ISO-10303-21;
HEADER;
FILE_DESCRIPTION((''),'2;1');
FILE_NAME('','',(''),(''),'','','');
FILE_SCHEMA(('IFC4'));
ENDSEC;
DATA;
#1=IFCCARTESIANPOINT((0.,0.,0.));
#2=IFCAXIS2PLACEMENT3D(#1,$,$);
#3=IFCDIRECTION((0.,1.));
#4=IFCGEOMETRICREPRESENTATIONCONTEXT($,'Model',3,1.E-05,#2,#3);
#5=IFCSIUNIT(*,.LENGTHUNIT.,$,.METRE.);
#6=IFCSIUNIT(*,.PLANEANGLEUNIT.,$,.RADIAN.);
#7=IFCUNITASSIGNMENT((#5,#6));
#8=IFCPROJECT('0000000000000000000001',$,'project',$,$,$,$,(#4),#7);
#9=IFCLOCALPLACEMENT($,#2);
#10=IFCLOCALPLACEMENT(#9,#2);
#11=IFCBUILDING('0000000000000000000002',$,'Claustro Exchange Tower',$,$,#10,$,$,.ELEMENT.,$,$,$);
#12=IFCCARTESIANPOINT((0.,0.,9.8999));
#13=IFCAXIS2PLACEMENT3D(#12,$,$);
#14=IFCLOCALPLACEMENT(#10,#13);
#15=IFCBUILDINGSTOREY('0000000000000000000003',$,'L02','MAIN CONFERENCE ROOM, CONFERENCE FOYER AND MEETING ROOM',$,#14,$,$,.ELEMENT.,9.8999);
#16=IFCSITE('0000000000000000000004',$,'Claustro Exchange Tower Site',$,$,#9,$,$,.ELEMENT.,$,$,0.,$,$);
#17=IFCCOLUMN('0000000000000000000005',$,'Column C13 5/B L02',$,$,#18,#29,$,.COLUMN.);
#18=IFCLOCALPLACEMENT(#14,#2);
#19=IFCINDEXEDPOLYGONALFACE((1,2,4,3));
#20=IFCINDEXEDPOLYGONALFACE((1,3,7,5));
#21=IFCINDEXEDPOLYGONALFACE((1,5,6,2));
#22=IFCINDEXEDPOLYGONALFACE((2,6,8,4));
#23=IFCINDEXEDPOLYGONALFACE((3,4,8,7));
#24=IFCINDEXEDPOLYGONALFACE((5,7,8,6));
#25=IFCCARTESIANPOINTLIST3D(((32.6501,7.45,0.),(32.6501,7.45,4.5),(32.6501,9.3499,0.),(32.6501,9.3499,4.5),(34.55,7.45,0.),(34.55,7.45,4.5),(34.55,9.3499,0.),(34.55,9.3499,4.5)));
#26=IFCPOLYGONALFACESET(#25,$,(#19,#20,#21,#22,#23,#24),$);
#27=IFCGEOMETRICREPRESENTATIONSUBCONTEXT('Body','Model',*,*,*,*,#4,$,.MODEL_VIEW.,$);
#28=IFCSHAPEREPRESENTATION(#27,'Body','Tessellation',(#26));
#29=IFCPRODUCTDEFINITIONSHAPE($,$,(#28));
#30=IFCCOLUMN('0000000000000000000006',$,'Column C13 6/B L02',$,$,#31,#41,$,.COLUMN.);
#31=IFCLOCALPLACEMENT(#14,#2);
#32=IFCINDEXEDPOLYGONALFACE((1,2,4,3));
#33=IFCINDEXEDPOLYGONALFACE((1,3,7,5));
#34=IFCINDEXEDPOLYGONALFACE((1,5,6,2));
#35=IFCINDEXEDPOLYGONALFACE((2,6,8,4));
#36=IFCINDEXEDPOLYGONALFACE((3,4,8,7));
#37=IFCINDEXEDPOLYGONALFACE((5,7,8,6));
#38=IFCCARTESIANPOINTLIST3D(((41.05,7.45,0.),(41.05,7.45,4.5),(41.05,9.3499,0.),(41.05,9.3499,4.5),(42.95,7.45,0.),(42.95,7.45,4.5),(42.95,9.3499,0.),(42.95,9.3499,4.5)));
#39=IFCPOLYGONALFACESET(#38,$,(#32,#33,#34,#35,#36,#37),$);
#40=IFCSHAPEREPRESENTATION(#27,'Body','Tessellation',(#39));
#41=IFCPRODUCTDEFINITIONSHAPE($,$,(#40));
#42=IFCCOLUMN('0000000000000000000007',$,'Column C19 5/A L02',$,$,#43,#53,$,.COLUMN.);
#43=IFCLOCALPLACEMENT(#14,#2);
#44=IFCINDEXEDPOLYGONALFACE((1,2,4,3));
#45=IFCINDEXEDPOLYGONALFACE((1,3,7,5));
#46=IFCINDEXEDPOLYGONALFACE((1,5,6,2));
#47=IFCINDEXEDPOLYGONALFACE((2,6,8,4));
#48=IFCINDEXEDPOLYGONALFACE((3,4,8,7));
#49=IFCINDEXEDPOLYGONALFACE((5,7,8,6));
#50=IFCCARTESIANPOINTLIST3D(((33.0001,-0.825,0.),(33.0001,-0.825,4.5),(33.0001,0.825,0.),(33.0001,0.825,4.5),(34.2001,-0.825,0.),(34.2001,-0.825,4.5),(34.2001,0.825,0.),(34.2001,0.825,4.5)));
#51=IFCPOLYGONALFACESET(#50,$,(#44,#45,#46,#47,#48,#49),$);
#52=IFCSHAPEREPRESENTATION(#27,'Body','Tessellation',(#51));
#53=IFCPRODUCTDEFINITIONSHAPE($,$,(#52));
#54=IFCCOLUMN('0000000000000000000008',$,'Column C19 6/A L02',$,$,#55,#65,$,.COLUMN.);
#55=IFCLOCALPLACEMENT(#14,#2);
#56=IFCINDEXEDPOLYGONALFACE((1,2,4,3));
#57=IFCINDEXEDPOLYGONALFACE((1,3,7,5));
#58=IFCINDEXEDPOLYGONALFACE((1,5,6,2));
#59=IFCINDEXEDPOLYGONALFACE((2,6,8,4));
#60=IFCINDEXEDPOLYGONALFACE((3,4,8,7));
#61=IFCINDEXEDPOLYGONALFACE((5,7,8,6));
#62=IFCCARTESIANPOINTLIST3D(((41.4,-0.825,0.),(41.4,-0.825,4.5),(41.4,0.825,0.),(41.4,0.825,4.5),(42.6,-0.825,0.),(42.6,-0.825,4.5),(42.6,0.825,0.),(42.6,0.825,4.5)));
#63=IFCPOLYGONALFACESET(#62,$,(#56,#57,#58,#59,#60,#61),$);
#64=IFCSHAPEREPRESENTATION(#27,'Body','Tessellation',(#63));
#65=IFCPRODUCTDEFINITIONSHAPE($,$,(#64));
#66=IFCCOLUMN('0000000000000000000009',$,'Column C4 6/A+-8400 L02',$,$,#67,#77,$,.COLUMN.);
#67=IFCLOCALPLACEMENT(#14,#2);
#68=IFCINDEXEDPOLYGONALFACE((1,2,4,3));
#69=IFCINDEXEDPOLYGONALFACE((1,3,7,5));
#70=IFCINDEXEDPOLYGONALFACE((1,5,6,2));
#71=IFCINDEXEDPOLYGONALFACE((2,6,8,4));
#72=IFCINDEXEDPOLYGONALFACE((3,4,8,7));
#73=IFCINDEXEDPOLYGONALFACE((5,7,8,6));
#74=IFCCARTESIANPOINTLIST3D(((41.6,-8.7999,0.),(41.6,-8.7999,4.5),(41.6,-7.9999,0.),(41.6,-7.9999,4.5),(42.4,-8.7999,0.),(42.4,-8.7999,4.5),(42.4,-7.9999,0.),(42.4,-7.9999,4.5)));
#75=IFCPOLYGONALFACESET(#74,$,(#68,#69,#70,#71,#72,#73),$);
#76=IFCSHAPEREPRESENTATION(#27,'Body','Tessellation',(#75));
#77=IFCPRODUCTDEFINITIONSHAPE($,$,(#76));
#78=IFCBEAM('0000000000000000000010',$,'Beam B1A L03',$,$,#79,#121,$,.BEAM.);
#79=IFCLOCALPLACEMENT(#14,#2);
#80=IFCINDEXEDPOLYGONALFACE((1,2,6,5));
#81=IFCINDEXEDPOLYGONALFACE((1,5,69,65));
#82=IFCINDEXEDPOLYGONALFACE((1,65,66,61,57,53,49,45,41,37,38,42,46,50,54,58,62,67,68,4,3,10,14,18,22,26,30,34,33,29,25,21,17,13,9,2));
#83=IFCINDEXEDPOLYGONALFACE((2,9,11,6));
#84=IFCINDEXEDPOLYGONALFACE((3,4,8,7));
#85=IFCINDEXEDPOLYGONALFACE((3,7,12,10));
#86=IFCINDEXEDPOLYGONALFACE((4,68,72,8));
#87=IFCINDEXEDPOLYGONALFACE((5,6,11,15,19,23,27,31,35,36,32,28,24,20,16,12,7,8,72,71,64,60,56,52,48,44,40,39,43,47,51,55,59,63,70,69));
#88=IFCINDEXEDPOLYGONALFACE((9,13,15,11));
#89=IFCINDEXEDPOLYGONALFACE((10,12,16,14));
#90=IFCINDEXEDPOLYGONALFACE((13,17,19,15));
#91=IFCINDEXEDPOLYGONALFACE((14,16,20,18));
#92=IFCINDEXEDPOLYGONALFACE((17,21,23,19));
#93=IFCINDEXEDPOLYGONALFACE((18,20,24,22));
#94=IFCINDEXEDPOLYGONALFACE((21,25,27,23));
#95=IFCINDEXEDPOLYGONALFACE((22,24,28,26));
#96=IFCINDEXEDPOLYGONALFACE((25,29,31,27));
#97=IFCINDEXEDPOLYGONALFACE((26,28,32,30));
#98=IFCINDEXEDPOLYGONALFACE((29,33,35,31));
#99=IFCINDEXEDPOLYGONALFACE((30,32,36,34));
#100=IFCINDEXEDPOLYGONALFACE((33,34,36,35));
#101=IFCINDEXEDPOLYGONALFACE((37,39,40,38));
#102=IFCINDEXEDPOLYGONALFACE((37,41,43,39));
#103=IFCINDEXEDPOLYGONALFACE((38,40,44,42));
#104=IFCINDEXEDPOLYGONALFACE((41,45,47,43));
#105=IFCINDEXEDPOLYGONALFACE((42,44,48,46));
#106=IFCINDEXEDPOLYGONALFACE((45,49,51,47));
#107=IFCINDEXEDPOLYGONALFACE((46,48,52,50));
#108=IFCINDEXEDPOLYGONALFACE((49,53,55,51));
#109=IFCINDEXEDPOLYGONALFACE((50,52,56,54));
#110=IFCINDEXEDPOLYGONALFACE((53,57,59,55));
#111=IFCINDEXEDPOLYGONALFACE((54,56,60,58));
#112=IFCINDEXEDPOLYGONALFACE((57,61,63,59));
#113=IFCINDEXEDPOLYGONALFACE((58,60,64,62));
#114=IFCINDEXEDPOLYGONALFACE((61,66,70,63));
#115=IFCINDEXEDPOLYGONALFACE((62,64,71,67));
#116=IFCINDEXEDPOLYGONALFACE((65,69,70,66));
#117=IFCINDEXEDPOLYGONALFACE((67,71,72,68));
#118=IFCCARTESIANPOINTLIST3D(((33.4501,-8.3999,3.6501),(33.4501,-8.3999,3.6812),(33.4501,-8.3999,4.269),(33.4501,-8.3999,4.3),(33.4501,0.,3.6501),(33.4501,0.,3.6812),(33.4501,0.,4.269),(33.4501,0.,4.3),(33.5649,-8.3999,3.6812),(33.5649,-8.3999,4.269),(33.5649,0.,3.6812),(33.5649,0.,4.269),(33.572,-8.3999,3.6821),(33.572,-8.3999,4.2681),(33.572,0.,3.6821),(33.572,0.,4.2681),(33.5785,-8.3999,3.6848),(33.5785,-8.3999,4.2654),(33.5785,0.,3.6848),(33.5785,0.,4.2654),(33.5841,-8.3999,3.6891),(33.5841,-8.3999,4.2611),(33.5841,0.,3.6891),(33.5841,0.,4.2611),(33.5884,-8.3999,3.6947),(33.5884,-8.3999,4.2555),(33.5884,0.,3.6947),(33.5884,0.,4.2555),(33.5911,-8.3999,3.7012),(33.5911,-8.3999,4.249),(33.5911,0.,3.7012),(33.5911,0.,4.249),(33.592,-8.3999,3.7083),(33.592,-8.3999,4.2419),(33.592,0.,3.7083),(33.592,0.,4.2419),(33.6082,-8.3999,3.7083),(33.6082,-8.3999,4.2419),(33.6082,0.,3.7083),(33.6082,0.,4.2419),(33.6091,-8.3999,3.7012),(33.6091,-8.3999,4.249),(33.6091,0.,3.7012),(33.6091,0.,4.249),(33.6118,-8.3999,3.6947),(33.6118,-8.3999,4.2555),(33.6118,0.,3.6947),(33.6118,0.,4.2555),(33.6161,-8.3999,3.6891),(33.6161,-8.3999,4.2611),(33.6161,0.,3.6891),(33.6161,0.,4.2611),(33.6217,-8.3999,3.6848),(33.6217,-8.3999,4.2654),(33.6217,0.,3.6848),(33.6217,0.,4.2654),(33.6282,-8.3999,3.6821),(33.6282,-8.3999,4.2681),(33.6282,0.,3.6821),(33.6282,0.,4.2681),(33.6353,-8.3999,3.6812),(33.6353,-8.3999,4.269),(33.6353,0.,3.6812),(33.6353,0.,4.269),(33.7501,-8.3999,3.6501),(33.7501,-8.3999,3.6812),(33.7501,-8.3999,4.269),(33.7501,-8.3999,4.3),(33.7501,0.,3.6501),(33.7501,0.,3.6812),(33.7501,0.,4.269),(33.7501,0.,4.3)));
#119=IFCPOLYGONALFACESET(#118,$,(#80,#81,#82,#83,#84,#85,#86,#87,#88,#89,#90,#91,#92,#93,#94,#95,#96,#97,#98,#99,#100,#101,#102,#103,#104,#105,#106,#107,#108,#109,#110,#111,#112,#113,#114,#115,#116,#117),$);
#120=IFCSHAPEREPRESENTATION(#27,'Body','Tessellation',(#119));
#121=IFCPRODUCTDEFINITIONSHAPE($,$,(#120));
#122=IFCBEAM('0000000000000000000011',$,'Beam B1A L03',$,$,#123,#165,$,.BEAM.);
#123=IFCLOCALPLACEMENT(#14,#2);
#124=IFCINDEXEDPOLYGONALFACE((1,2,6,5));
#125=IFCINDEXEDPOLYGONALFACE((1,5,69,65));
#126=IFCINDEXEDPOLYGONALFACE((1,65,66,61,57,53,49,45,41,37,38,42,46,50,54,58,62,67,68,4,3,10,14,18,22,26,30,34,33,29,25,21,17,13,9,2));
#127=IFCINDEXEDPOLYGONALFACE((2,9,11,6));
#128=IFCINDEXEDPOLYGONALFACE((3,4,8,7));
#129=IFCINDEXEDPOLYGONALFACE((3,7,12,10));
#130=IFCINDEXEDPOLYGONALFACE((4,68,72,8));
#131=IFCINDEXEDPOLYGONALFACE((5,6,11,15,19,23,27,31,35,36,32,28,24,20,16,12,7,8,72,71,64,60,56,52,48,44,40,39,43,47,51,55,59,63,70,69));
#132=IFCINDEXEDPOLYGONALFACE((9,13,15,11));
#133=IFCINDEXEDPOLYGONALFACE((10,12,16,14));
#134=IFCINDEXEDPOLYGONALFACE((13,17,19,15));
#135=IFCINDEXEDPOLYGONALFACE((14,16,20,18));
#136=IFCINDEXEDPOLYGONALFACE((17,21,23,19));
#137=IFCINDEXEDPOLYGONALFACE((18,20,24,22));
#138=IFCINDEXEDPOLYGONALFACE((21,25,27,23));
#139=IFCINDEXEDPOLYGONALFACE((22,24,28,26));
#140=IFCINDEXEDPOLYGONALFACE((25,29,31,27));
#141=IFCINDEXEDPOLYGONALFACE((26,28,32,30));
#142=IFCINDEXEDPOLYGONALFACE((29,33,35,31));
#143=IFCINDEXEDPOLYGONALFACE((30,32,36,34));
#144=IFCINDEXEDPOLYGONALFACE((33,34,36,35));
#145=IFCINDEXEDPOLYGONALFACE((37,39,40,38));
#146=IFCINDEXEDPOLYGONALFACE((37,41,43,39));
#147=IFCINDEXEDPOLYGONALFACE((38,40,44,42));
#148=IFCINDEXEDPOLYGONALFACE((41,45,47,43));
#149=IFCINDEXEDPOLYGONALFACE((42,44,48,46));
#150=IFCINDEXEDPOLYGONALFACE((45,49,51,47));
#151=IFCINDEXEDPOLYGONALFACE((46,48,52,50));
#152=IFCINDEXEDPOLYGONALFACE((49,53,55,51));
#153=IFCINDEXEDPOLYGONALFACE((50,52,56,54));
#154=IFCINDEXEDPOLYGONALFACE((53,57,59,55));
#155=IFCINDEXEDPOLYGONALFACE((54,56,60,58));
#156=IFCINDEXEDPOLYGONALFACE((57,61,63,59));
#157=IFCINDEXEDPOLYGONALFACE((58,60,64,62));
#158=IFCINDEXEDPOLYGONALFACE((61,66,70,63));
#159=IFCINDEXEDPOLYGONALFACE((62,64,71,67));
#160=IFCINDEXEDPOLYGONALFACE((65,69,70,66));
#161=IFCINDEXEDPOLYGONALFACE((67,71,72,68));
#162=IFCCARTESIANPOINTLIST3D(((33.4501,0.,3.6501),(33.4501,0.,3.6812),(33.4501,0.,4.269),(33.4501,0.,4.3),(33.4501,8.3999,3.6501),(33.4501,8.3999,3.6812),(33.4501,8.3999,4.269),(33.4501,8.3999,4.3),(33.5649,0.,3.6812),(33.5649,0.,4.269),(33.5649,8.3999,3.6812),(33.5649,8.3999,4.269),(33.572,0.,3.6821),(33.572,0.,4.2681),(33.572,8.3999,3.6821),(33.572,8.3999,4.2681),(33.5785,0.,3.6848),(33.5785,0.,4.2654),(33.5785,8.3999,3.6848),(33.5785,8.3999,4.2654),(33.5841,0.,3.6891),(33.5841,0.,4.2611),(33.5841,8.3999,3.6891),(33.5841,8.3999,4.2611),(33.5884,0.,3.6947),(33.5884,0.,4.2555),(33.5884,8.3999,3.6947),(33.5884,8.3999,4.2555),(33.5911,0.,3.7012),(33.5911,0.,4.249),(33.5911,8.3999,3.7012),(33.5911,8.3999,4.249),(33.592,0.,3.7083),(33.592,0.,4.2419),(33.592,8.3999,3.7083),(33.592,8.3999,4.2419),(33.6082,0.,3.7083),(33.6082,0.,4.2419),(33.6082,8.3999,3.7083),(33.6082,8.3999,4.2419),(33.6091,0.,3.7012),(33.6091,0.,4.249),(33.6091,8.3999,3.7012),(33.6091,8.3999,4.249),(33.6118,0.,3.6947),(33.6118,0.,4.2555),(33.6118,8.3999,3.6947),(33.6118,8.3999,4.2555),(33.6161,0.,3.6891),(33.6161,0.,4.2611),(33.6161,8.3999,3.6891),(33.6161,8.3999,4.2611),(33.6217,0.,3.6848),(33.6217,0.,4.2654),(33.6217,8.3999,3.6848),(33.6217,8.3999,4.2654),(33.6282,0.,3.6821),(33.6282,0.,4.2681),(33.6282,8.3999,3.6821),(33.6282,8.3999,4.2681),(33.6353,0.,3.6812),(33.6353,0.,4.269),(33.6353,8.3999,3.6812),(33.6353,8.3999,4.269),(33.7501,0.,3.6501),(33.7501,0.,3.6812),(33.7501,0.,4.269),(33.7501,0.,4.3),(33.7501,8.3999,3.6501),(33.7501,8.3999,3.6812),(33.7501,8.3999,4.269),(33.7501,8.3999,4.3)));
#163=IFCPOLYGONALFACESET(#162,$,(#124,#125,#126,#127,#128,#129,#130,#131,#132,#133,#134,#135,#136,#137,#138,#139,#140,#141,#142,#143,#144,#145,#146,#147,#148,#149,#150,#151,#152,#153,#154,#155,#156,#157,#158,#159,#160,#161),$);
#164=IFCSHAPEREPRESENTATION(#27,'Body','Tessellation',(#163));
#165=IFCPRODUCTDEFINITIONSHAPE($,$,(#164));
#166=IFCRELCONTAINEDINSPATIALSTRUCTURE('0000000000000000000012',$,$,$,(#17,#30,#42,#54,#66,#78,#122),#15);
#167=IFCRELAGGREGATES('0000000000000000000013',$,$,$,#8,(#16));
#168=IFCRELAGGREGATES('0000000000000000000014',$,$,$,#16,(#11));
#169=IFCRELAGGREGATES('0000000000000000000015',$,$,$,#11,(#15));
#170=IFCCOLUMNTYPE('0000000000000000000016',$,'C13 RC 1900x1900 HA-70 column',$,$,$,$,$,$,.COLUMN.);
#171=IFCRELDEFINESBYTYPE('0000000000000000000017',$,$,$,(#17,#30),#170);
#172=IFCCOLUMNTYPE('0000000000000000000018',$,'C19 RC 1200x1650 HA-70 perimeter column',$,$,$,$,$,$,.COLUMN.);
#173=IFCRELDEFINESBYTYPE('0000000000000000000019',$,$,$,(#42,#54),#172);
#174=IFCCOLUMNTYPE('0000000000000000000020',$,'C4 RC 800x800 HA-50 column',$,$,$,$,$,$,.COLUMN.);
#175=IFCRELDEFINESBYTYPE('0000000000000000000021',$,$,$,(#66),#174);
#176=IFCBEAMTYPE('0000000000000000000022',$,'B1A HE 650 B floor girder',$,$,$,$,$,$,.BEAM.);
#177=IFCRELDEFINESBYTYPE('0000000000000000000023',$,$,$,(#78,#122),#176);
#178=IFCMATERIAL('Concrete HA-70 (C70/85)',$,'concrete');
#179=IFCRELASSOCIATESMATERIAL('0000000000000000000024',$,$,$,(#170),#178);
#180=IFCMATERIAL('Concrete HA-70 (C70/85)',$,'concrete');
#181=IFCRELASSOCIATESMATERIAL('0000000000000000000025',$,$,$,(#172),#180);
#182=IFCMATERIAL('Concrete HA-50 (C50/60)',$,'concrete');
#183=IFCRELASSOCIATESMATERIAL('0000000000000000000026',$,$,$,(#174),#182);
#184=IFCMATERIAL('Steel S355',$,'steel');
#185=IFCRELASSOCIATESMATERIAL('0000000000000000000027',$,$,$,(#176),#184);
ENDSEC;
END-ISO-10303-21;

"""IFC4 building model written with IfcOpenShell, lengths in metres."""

from ifc_helpers import new_model, si_unit, direction, frame, origin, origin_2d, place, context, subcontext, project, spatial, rectangle, i_section, extrude, material, material_profile, profile_set, type_object, element, save


model = new_model("IFC4")

# Units and contexts
model_context = context("Model", 3, precision=1e-05, world=origin(), true_north=direction((0.0, 1.0)))
body_context = subcontext(model_context, "Body", "Model", "MODEL_VIEW")
ifc_project = project(units=[si_unit("LENGTHUNIT", "METRE"), si_unit("PLANEANGLEUNIT", "RADIAN")], contexts=[model_context])

# Site, building, storey
site_placement = place(None, origin())
site = spatial("IfcSite", under=ifc_project, at=site_placement, Name="Claustro Exchange Tower Site", CompositionType="ELEMENT", RefElevation=0.0)
building_placement = place(site_placement, origin())
building = spatial("IfcBuilding", under=site, at=building_placement, Name="Claustro Exchange Tower", CompositionType="ELEMENT")
storey_placement = place(building_placement, frame((0.0, 0.0, 9.8999)))
storey = spatial("IfcBuildingStorey", under=building, at=storey_placement, Name="L02", Description="MAIN CONFERENCE ROOM, CONFERENCE FOYER AND MEETING ROOM", CompositionType="ELEMENT", Elevation=9.8999)

# Columns
ifc_material_1 = material(Name="Concrete HA-70 (C70/85)", Category="concrete")
ifc_material_profile_1 = material_profile(ifc_material_1, rectangle(XDim=1.8999, YDim=1.8999, at=origin_2d()), Name="RC 1900x1900")
ifc_profile_set_1 = profile_set([ifc_material_profile_1], Name="Concrete HA-70 (C70/85)")
column_type_1 = type_object("IfcColumnType", Name="C13 RC 1900x1900 HA-70 column", PredefinedType="COLUMN", material=ifc_profile_set_1)
for number, where, z_axis, x_axis, name in (
    (1, (33.6001, 8.3999, 0.0), (0.0, 0.0, 1.0), (1.0, 0.0, 0.0), "Column C13 5/B L02"),
    (2, (42.0, 8.3999, 0.0), (0.0, 0.0, 1.0), (1.0, 0.0, 0.0), "Column C13 6/B L02"),
):
    element("IfcColumn", number, at=place(storey_placement, frame(where, z_axis=z_axis, x_axis=x_axis)), inside=storey, type_object=column_type_1, Name=name, PredefinedType="COLUMN", context=body_context, shape_type="SweptSolid", body=[
        extrude(rectangle(XDim=1.8999, YDim=1.8999, at=origin_2d()), origin(), (0.0, 0.0, 1.0), 4.5),
    ])
ifc_material_2 = material(Name="Concrete HA-70 (C70/85)", Category="concrete")
ifc_material_profile_2 = material_profile(ifc_material_2, rectangle(XDim=1.2, YDim=1.6499, at=origin_2d()), Name="RC 1200x1650")
ifc_profile_set_2 = profile_set([ifc_material_profile_2], Name="Concrete HA-70 (C70/85)")
column_type_2 = type_object("IfcColumnType", Name="C19 RC 1200x1650 HA-70 perimeter column", PredefinedType="COLUMN", material=ifc_profile_set_2)
for number, where, z_axis, x_axis, name in (
    (3, (33.6001, 0.0, 0.0), (0.0, 0.0, 1.0), (1.0, 0.0, 0.0), "Column C19 5/A L02"),
    (4, (42.0, 0.0, 0.0), (0.0, 0.0, 1.0), (1.0, 0.0, 0.0), "Column C19 6/A L02"),
):
    element("IfcColumn", number, at=place(storey_placement, frame(where, z_axis=z_axis, x_axis=x_axis)), inside=storey, type_object=column_type_2, Name=name, PredefinedType="COLUMN", context=body_context, shape_type="SweptSolid", body=[
        extrude(rectangle(XDim=1.2, YDim=1.6499, at=origin_2d()), origin(), (0.0, 0.0, 1.0), 4.5),
    ])
ifc_material_3 = material(Name="Concrete HA-50 (C50/60)", Category="concrete")
ifc_material_profile_3 = material_profile(ifc_material_3, rectangle(XDim=0.8, YDim=0.8, at=origin_2d()), Name="RC 800x800")
ifc_profile_set_3 = profile_set([ifc_material_profile_3], Name="Concrete HA-50 (C50/60)")
column_type_3 = type_object("IfcColumnType", Name="C4 RC 800x800 HA-50 column", PredefinedType="COLUMN", material=ifc_profile_set_3)
column_placement = place(storey_placement, frame((42.0, -8.3999, 0.0), z_axis=(0.0, 0.0, 1.0), x_axis=(1.0, 0.0, 0.0)))
element("IfcColumn", 5, at=column_placement, inside=storey, type_object=column_type_3, Name="Column C4 6/A+-8400 L02", PredefinedType="COLUMN", context=body_context, shape_type="SweptSolid", body=[
    extrude(rectangle(XDim=0.8, YDim=0.8, at=origin_2d()), origin(), (0.0, 0.0, 1.0), 4.5),
])

# Beams
ifc_material_4 = material(Name="Steel S355", Category="steel")
ifc_material_profile_4 = material_profile(ifc_material_4, i_section(OverallWidth=0.3, OverallDepth=0.6499, WebThickness=0.0161, FlangeThickness=0.031, FilletRadius=0.0271, at=origin_2d()), Name="HE 650 B")
ifc_profile_set_4 = profile_set([ifc_material_profile_4], Name="Steel S355")
beam_type_1 = type_object("IfcBeamType", Name="B1A HE 650 B floor girder", PredefinedType="BEAM", material=ifc_profile_set_4)
for number, where, z_axis, x_axis, name in (
    (6, (33.6001, -8.3999, 3.9751), (0.0, 1.0, 0.0), (-1.0, 0.0, 0.0), "Beam B1A L03"),
    (7, (33.6001, 0.0, 3.9751), (0.0, 1.0, 0.0), (-1.0, 0.0, 0.0), "Beam B1A L03"),
):
    element("IfcBeam", number, at=place(storey_placement, frame(where, z_axis=z_axis, x_axis=x_axis)), inside=storey, type_object=beam_type_1, Name=name, PredefinedType="BEAM", context=body_context, shape_type="SweptSolid", body=[
        extrude(i_section(OverallWidth=0.3, OverallDepth=0.6499, WebThickness=0.0161, FlangeThickness=0.031, FilletRadius=0.0271, at=origin_2d()), origin(), (0.0, 0.0, 1.0), 8.3999),
    ])

save(model, "model.ifc")
